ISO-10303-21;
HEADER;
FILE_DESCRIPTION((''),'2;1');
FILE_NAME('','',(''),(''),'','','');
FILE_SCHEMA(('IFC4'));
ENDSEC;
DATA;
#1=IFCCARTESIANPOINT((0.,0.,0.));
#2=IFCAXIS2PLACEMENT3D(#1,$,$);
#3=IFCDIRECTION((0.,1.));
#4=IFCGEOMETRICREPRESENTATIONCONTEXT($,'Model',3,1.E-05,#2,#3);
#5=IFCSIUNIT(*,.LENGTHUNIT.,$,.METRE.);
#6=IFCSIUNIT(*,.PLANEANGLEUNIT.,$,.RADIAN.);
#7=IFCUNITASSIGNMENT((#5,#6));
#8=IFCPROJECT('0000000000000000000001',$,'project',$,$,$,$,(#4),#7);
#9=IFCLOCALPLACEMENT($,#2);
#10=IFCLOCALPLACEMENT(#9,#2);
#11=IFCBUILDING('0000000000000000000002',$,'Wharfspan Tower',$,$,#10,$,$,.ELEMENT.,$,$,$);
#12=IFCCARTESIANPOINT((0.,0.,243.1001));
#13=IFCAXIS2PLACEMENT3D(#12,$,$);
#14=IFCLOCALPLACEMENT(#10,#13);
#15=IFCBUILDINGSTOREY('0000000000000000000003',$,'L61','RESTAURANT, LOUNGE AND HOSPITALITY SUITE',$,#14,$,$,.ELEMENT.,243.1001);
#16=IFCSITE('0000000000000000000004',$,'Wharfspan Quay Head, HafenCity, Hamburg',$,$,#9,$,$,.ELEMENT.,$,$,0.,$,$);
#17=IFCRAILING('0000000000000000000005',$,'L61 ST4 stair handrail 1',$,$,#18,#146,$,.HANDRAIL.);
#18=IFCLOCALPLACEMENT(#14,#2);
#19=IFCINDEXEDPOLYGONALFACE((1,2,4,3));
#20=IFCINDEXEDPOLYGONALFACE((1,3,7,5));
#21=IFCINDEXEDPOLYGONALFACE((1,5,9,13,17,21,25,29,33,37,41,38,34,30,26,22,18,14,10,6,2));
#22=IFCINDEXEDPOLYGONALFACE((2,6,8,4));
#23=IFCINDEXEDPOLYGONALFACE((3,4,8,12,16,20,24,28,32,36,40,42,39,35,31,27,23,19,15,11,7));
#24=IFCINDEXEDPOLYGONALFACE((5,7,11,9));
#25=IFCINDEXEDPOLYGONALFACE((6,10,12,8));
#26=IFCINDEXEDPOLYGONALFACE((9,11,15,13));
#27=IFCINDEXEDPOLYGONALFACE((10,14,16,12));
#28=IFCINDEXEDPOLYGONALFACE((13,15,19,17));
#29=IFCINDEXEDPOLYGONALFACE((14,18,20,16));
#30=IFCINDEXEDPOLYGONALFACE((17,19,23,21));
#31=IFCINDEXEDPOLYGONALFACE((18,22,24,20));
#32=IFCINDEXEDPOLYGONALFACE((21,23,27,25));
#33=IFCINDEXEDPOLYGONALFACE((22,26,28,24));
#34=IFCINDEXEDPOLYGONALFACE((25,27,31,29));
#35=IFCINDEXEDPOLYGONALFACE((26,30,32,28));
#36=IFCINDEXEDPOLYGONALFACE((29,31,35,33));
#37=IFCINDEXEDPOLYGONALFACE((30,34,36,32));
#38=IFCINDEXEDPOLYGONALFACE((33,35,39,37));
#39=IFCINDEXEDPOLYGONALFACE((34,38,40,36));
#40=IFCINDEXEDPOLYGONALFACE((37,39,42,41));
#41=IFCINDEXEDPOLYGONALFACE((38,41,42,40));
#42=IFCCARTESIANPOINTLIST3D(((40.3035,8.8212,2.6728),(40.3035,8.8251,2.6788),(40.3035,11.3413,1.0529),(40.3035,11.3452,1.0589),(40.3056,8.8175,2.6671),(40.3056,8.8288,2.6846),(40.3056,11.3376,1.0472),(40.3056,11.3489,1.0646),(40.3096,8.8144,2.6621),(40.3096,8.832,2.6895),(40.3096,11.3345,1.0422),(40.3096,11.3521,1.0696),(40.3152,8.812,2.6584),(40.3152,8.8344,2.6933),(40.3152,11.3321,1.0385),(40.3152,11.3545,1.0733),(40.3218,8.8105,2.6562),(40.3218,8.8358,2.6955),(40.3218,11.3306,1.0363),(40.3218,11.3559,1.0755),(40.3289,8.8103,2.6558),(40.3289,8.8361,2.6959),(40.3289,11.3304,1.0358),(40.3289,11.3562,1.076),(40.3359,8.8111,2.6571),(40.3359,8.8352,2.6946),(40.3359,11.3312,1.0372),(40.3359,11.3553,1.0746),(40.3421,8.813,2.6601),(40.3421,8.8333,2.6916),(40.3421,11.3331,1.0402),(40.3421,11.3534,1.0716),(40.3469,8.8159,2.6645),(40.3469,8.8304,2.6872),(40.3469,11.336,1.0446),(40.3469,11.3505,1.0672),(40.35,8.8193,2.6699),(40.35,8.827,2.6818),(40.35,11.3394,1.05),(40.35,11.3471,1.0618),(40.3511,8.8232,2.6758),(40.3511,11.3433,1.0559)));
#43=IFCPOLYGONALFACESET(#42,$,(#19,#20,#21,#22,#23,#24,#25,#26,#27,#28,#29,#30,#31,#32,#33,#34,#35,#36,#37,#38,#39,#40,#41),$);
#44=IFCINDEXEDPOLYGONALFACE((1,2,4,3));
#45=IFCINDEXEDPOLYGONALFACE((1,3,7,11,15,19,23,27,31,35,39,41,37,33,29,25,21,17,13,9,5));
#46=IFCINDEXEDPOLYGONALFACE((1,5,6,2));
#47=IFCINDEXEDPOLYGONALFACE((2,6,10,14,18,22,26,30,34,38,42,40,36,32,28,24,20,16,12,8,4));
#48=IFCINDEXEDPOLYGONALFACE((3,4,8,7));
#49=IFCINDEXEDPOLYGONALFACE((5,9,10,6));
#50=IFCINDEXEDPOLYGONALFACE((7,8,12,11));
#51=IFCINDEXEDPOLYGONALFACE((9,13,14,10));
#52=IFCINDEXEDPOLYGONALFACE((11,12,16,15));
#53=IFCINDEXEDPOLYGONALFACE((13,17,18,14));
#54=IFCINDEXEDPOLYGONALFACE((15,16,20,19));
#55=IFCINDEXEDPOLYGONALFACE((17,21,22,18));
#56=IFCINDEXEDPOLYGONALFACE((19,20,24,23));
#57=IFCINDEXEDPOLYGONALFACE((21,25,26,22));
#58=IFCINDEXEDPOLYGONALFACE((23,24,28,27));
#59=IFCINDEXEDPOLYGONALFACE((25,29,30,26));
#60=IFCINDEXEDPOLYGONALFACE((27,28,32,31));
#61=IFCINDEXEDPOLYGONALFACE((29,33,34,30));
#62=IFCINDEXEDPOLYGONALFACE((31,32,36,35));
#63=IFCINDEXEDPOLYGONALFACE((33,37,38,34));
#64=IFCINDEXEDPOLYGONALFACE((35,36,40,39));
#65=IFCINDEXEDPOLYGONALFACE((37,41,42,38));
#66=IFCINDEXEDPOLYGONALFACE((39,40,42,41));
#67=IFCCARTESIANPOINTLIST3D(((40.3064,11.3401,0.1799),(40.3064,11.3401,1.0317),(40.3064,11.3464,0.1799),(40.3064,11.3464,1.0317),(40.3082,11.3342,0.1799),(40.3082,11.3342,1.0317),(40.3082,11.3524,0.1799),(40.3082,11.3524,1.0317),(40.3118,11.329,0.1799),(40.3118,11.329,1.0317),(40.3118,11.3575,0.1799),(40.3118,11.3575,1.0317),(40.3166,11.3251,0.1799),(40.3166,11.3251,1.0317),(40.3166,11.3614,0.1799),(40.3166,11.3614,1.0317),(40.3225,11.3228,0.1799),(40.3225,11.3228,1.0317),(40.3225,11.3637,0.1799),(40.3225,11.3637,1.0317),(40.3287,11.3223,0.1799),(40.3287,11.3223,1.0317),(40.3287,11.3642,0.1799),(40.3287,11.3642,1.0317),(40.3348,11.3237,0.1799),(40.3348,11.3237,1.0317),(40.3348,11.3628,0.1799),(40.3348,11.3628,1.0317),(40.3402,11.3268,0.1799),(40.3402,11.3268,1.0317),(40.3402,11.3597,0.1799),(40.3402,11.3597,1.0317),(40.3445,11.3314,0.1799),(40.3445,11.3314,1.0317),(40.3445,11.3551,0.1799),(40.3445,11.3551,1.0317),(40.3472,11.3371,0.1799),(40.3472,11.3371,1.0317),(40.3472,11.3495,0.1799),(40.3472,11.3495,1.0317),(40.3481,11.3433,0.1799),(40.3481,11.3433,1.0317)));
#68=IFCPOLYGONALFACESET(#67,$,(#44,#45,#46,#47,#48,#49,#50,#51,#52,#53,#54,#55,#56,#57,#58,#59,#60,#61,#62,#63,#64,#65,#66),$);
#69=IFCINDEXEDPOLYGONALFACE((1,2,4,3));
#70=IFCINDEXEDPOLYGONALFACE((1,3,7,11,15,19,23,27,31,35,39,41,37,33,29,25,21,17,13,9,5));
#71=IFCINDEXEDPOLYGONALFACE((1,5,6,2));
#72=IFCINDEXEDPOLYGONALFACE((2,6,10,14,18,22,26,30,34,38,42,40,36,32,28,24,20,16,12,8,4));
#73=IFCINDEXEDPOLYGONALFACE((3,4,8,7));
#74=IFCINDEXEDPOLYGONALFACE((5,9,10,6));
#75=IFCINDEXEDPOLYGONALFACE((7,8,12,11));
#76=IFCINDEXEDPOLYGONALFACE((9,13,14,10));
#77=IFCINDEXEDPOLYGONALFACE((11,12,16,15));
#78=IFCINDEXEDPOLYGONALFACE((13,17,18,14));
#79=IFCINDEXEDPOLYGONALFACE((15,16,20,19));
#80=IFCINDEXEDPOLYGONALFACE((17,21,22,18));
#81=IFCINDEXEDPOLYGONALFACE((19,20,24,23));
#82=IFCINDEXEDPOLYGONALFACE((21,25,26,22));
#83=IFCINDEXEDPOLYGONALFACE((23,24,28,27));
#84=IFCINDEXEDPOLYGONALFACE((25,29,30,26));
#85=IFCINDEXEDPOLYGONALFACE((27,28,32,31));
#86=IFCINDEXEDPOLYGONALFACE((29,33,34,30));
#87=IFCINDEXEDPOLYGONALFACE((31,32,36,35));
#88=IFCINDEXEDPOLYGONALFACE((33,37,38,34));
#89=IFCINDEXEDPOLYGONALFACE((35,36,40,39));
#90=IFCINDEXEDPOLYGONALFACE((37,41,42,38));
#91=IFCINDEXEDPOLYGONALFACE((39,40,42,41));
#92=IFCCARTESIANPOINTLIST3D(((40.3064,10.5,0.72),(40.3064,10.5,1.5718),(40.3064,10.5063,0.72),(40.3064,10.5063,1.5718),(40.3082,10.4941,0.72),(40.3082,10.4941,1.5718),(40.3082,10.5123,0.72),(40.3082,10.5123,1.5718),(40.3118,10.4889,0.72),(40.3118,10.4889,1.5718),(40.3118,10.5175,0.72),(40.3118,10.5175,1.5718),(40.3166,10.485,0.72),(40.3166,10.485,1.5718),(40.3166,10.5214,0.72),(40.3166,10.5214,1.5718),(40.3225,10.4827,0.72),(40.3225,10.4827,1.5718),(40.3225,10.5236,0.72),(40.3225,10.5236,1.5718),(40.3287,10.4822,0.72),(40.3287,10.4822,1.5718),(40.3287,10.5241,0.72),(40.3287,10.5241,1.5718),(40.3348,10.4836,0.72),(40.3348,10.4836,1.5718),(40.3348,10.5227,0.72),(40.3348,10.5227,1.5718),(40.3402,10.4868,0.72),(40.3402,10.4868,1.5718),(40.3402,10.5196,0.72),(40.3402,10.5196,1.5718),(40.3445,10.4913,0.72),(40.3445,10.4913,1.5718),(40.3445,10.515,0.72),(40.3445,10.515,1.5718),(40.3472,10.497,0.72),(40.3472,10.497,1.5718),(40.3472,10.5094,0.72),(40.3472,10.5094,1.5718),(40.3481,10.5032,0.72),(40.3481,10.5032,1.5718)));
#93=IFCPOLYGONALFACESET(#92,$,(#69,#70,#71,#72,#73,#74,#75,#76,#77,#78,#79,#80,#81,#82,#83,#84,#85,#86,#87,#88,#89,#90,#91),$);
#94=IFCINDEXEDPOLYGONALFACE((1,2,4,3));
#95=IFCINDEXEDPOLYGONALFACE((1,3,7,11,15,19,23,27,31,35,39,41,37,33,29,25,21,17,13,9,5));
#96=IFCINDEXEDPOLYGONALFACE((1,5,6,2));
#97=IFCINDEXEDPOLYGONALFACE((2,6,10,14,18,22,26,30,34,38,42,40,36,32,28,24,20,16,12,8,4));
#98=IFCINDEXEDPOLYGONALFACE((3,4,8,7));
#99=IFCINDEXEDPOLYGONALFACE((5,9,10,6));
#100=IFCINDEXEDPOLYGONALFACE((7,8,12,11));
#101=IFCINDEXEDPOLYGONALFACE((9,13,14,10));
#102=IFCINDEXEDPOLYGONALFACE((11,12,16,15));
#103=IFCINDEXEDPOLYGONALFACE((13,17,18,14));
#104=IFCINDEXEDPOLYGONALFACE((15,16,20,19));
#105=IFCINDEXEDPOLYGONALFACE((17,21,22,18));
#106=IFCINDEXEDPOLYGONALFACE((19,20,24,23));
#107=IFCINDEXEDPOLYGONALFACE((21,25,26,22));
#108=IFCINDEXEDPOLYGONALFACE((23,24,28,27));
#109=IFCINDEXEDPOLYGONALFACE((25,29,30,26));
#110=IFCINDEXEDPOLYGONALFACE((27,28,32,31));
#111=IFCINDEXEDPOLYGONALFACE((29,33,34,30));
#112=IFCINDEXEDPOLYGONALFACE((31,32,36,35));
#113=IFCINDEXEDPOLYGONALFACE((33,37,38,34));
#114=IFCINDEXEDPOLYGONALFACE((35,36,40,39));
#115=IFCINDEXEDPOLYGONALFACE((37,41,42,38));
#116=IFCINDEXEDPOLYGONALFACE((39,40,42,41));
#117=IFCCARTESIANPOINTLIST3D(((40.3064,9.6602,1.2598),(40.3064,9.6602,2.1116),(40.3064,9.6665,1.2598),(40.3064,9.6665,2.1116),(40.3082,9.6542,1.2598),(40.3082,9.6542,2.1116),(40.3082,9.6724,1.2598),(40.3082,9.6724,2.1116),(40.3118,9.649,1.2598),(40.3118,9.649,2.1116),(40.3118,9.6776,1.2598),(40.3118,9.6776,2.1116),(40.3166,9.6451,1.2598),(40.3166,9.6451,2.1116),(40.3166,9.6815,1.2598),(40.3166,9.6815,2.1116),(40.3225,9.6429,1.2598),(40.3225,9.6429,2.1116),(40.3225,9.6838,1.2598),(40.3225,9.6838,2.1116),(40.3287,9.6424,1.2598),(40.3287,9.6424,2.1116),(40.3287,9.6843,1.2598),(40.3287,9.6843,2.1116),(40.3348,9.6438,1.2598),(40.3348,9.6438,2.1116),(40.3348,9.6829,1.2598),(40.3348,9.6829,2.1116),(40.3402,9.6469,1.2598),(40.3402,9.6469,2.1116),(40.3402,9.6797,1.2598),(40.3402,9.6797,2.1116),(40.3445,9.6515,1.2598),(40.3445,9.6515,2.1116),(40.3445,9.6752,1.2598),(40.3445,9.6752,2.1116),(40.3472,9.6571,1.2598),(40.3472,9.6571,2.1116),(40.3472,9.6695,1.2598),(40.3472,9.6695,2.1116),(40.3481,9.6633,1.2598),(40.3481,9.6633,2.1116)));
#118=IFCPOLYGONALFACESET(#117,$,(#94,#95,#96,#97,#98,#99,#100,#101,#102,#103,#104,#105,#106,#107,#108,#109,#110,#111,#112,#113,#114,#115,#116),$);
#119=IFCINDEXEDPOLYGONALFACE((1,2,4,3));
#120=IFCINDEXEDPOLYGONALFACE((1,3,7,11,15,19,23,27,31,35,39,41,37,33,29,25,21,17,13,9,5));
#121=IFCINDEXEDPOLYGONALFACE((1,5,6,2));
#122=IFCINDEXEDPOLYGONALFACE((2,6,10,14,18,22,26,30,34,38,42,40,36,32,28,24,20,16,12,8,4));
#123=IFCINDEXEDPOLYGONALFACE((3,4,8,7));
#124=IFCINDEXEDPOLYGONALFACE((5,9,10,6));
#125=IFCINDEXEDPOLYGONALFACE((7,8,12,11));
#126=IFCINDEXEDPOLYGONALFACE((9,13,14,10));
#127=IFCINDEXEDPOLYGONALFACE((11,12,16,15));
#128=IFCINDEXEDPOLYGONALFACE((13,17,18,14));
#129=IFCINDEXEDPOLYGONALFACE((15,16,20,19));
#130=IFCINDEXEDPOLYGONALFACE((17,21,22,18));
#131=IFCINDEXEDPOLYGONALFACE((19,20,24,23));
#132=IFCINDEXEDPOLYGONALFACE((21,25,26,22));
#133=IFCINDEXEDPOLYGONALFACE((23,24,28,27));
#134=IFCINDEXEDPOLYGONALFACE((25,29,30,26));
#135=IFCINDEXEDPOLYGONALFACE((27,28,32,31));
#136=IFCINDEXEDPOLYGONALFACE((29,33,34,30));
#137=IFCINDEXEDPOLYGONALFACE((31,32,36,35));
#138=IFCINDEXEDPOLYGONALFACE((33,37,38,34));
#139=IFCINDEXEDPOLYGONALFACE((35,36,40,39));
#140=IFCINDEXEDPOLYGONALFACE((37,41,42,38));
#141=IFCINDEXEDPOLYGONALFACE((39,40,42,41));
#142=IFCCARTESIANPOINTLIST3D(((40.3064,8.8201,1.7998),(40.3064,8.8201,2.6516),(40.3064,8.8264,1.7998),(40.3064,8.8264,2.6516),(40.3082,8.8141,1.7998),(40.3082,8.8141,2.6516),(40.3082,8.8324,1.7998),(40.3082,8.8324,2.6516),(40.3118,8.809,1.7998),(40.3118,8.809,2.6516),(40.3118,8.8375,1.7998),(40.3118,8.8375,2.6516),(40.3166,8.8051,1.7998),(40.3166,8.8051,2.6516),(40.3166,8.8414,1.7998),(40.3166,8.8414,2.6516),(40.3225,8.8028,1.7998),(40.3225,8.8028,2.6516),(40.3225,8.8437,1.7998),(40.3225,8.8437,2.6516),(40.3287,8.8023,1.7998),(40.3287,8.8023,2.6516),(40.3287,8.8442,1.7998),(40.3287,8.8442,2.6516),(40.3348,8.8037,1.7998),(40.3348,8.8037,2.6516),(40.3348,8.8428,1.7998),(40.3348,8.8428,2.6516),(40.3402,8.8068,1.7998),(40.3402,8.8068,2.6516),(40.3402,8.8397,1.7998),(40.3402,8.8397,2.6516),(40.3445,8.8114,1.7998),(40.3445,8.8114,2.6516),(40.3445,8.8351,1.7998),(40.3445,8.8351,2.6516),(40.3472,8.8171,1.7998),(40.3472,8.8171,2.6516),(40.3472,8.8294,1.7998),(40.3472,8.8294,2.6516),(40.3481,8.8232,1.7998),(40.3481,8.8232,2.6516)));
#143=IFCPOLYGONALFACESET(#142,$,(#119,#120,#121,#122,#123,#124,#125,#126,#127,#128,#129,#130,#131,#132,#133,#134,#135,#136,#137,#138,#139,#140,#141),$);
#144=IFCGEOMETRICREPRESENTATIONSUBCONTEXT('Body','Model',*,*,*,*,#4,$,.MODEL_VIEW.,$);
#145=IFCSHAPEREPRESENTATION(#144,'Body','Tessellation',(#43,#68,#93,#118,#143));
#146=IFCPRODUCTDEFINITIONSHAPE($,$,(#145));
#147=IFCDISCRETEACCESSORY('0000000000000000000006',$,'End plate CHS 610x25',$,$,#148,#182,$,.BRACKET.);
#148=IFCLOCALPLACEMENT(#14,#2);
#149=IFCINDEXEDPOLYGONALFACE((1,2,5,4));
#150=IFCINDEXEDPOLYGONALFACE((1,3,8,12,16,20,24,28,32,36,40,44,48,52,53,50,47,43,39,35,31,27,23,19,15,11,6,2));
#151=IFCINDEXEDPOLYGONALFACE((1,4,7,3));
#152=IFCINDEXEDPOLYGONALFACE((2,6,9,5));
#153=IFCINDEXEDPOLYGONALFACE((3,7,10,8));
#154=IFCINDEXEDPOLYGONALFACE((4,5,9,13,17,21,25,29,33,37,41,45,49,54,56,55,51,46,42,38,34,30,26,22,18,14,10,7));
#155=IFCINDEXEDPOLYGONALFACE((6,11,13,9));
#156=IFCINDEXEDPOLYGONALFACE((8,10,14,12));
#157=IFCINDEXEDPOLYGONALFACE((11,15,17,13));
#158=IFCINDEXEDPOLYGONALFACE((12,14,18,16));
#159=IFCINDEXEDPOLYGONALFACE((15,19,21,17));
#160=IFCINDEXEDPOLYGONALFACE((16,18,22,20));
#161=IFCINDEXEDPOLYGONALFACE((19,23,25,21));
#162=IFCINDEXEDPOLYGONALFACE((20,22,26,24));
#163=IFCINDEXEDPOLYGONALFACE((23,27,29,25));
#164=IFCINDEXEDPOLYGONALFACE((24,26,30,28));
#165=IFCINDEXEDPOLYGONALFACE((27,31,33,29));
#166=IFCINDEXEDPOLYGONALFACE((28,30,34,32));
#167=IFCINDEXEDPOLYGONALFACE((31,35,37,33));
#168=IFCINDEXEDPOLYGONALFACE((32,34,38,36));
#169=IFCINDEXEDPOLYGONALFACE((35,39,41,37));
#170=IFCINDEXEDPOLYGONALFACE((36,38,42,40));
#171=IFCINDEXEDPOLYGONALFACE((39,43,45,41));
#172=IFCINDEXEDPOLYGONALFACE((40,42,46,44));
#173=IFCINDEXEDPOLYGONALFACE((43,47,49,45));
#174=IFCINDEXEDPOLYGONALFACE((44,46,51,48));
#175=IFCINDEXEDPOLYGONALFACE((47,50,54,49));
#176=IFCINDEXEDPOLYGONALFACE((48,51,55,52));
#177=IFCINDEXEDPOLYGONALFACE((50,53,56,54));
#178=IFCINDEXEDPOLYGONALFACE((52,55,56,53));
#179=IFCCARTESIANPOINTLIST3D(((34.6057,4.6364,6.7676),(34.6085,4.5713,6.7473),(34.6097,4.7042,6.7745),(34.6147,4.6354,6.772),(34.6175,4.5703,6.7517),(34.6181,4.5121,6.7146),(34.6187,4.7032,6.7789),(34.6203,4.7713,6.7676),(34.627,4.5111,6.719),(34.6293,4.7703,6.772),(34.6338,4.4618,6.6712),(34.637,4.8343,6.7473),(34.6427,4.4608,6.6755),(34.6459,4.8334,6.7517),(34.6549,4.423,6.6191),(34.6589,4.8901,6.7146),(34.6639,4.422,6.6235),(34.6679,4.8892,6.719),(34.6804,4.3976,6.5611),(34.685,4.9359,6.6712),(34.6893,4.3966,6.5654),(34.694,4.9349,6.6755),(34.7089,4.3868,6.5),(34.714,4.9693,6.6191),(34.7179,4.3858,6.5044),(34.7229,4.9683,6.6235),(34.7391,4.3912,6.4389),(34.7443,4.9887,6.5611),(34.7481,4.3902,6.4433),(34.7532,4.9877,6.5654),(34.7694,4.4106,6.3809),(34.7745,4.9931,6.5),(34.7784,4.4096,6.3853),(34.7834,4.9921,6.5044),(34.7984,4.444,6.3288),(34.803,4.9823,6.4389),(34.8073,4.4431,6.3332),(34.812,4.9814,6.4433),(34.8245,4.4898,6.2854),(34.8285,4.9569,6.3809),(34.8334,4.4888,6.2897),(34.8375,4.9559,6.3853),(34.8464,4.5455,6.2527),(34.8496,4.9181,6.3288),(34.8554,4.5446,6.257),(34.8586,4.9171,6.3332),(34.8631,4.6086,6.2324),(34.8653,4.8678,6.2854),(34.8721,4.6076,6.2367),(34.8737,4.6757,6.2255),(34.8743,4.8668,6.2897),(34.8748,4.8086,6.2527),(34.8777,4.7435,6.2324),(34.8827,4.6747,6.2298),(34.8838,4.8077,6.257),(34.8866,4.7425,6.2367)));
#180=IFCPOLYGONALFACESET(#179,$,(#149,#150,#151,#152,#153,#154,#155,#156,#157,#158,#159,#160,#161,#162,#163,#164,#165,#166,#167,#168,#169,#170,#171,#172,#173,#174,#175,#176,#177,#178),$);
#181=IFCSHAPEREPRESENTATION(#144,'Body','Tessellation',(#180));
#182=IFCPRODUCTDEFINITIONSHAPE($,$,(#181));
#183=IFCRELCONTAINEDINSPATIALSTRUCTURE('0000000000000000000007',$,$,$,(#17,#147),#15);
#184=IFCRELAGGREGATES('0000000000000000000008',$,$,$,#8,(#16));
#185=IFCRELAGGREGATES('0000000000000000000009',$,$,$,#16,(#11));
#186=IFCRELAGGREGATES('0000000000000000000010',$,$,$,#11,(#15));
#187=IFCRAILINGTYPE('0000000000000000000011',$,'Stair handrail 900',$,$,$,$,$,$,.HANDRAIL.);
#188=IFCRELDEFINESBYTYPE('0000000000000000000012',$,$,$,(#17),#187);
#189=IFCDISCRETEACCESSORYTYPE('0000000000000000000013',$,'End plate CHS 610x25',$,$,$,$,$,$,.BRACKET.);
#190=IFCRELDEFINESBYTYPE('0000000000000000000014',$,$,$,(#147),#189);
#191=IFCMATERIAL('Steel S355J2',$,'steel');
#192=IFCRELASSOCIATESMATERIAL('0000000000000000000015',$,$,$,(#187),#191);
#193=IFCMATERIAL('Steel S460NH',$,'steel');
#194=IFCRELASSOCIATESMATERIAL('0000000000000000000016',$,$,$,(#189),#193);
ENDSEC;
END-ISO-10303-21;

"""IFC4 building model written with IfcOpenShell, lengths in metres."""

from ifc_helpers import new_model, si_unit, direction, frame, origin, origin_2d, place, context, subcontext, project, spatial, circle, extrude, material, material_profile, profile_set, type_object, element, save


model = new_model("IFC4")

# Units and contexts
model_context = context("Model", 3, precision=1e-05, world=origin(), true_north=direction((0.0, 1.0)))
body_context = subcontext(model_context, "Body", "Model", "MODEL_VIEW")
ifc_project = project(units=[si_unit("LENGTHUNIT", "METRE"), si_unit("PLANEANGLEUNIT", "RADIAN")], contexts=[model_context])

# Site, building, storey
site_placement = place(None, origin())
site = spatial("IfcSite", under=ifc_project, at=site_placement, Name="Wharfspan Quay Head, HafenCity, Hamburg", CompositionType="ELEMENT", RefElevation=0.0)
building_placement = place(site_placement, origin())
building = spatial("IfcBuilding", under=site, at=building_placement, Name="Wharfspan Tower", CompositionType="ELEMENT")
storey_placement = place(building_placement, frame((0.0, 0.0, 243.1001)))
storey = spatial("IfcBuildingStorey", under=building, at=storey_placement, Name="L61", Description="RESTAURANT, LOUNGE AND HOSPITALITY SUITE", CompositionType="ELEMENT", Elevation=243.1001)

# Shared definitions
ifc_material_1 = material(Name="Steel S355J2", Category="steel")

# Railing
railing_type_1 = type_object("IfcRailingType", Name="Stair handrail 900", PredefinedType="HANDRAIL", material=ifc_material_1)
railing_1_placement = place(storey_placement, frame((40.3271, 11.3433, 0.1799)))
element("IfcRailing", 1, at=railing_1_placement, inside=storey, type_object=railing_type_1, Name="L61 ST4 stair handrail 1", PredefinedType="HANDRAIL", context=body_context, shape_type="SweptSolid", body=[
    extrude(circle(Radius=0.0239, at=origin_2d()), frame((0.0, 0.0, 0.876), z_axis=(0.0, -0.8412, 0.540725), x_axis=(1.0, 0.0, 0.0)), (0.0, 0.0, 1.0), 2.9958),
    extrude(circle(Radius=0.021, at=origin_2d()), origin(), (0.0, 0.0, 1.0), 0.8518),
    extrude(circle(Radius=0.021, at=origin_2d()), frame((0.0, -0.8401, 0.54)), (0.0, 0.0, 1.0), 0.8518),
    extrude(circle(Radius=0.021, at=origin_2d()), frame((0.0, -1.6799, 1.0798)), (0.0, 0.0, 1.0), 0.8518),
    extrude(circle(Radius=0.021, at=origin_2d()), frame((0.0, -2.52, 1.6199)), (0.0, 0.0, 1.0), 0.8518),
])

# Discrete accessory
ifc_material_2 = material(Name="Steel S460NH", Category="steel")
ifc_material_profile_1 = material_profile(ifc_material_2, circle(Radius=0.3049, at=origin_2d()))
ifc_profile_set_1 = profile_set([ifc_material_profile_1], Name="Steel S460NH")
discrete_accessory_type = type_object("IfcDiscreteAccessoryType", Name="End plate CHS 610x25", PredefinedType="BRACKET", material=ifc_profile_set_1)
discrete_accessory_placement = place(storey_placement, frame((34.7417, 4.6899, 6.5), z_axis=(0.895016, -0.096758, 0.435413), x_axis=(0.107482, 0.994209, -0.000001)))
element("IfcDiscreteAccessory", 2, at=discrete_accessory_placement, inside=storey, type_object=discrete_accessory_type, Name="End plate CHS 610x25", PredefinedType="BRACKET", context=body_context, shape_type="SweptSolid", body=[
    extrude(circle(Radius=0.3049, at=origin_2d()), origin(), (0.0, 0.0, 1.0), 0.01),
])

save(model, "model.ifc")
